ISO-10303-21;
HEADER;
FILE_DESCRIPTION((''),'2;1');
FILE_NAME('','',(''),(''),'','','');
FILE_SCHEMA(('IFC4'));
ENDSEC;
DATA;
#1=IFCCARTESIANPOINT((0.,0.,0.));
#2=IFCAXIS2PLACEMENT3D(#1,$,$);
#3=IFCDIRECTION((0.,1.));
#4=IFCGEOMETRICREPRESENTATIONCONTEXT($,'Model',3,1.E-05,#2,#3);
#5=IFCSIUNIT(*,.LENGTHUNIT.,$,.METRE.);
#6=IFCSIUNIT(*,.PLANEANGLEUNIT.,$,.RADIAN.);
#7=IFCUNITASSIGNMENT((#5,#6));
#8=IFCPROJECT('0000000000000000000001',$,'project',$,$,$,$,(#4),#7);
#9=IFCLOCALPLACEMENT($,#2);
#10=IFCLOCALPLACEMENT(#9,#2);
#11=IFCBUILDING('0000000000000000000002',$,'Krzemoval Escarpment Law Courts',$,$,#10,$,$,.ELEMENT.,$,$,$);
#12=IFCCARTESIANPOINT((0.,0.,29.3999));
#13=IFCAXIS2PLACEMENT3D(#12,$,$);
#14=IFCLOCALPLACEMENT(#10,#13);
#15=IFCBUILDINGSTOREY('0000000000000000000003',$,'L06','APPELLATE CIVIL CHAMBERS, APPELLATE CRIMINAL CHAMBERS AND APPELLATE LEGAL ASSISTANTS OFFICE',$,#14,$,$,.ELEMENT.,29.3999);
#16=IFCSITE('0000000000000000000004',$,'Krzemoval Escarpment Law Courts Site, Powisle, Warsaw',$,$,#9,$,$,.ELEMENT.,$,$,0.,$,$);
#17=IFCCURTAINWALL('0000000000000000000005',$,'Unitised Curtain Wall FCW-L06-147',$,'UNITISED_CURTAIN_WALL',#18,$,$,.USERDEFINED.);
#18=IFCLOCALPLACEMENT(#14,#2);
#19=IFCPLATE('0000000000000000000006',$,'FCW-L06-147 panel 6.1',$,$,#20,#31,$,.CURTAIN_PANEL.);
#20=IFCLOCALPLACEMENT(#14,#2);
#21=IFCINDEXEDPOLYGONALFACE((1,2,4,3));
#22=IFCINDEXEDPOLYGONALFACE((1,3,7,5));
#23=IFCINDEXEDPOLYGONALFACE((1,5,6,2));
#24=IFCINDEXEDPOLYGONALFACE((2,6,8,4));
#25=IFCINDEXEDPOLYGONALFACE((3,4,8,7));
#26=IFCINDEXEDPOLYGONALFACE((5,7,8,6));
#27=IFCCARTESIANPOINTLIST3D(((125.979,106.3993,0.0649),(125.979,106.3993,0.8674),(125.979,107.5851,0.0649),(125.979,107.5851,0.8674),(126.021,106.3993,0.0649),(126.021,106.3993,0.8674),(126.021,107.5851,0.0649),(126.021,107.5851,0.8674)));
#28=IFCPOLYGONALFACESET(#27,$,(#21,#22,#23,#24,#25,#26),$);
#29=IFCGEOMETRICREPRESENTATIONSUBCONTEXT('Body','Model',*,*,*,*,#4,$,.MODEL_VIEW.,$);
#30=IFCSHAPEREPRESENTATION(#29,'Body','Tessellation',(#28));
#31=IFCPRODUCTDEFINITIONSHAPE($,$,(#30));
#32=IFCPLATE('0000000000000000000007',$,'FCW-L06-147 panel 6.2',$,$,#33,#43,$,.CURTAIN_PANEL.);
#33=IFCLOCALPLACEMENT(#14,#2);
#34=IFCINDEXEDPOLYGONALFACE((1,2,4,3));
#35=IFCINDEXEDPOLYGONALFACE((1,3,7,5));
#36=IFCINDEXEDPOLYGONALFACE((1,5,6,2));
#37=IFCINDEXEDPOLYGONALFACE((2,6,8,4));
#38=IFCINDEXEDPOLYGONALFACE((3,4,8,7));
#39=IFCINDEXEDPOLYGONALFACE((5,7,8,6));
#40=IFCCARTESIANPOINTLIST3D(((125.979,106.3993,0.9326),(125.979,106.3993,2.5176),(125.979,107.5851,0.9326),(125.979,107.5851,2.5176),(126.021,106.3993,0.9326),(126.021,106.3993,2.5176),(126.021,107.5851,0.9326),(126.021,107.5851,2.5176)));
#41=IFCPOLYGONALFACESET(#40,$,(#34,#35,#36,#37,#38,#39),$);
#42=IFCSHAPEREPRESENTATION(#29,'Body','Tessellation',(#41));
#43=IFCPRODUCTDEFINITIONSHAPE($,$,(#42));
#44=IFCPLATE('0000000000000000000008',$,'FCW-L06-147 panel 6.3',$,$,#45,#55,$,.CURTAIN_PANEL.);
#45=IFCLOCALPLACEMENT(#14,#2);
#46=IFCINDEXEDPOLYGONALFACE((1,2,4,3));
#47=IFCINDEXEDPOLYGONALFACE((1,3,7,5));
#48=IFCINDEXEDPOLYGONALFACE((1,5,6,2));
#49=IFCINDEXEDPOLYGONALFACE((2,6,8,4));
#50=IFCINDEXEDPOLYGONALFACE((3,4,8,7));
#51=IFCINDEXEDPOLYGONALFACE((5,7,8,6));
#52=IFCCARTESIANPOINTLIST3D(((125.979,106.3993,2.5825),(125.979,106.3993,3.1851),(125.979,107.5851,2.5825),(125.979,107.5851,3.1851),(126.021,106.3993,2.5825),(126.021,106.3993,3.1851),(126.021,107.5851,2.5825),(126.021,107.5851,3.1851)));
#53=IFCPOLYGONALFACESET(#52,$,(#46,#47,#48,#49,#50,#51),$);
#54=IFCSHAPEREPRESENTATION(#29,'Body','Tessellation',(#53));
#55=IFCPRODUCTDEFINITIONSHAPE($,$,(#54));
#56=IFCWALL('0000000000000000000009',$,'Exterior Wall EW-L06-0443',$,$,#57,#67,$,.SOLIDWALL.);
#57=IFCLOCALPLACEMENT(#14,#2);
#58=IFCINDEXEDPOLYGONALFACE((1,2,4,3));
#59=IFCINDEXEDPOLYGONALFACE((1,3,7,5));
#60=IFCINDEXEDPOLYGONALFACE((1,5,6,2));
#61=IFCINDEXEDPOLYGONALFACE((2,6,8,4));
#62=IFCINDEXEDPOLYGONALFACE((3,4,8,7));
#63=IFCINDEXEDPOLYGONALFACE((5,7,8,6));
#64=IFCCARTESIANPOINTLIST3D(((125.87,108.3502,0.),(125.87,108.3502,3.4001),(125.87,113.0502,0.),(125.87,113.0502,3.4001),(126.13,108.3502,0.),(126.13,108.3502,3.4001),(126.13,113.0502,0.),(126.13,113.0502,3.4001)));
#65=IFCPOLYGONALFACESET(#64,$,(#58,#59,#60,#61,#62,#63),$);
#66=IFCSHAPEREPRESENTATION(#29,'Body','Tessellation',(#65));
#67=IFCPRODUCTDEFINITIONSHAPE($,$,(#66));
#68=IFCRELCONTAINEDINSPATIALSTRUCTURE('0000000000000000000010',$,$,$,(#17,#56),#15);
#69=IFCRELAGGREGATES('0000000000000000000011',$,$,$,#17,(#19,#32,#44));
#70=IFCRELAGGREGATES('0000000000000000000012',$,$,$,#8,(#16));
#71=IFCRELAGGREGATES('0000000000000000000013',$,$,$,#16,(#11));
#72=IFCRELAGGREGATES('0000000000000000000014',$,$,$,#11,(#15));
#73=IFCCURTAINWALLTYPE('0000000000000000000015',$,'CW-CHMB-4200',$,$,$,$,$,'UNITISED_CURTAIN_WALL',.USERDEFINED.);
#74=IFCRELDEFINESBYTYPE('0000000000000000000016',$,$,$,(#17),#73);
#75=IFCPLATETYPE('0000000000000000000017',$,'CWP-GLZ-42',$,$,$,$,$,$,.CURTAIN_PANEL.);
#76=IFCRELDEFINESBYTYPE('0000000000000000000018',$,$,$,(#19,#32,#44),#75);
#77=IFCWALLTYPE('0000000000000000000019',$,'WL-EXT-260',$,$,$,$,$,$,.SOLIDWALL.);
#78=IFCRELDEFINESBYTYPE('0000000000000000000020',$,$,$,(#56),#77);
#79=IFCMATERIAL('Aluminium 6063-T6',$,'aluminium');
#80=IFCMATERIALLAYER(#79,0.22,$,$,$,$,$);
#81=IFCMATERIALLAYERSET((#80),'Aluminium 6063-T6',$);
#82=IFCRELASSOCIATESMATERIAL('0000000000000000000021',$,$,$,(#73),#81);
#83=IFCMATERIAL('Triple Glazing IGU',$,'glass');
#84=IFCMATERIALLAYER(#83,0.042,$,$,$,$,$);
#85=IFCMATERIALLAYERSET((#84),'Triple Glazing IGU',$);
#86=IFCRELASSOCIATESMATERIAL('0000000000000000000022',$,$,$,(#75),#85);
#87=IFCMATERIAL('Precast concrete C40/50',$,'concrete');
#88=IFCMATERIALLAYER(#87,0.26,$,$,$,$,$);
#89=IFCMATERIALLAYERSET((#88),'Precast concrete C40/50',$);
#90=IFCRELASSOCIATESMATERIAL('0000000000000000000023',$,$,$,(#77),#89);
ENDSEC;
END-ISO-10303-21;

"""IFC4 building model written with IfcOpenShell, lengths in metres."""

from ifc_helpers import new_model, si_unit, direction, frame, frame_2d, origin, origin_2d, place, context, subcontext, project, spatial, rectangle, extrude, material, layer, layer_set, type_object, element, aggregate, save


model = new_model("IFC4")

# Units and contexts
model_context = context("Model", 3, precision=1e-05, world=origin(), true_north=direction((0.0, 1.0)))
body_context = subcontext(model_context, "Body", "Model", "MODEL_VIEW")
ifc_project = project(units=[si_unit("LENGTHUNIT", "METRE"), si_unit("PLANEANGLEUNIT", "RADIAN")], contexts=[model_context])

# Site, building, storey
site_placement = place(None, origin())
site = spatial("IfcSite", under=ifc_project, at=site_placement, Name="Krzemoval Escarpment Law Courts Site, Powisle, Warsaw", CompositionType="ELEMENT", RefElevation=0.0)
building_placement = place(site_placement, origin())
building = spatial("IfcBuilding", under=site, at=building_placement, Name="Krzemoval Escarpment Law Courts", CompositionType="ELEMENT")
storey_placement = place(building_placement, frame((0.0, 0.0, 29.3999)))
storey = spatial("IfcBuildingStorey", under=building, at=storey_placement, Name="L06", Description="APPELLATE CIVIL CHAMBERS, APPELLATE CRIMINAL CHAMBERS AND APPELLATE LEGAL ASSISTANTS OFFICE", CompositionType="ELEMENT", Elevation=29.3999)

# Curtain wall
ifc_material_1 = material(Name="Aluminium 6063-T6", Category="aluminium")
ifc_layer_1 = layer(ifc_material_1, 0.22)
ifc_layer_set_1 = layer_set([ifc_layer_1], Name="Aluminium 6063-T6")
curtain_wall_type = type_object("IfcCurtainWallType", Name="CW-CHMB-4200", ElementType="UNITISED_CURTAIN_WALL", PredefinedType="USERDEFINED", material=ifc_layer_set_1)
curtain_wall_1_placement = place(storey_placement, origin())
curtain_wall_1 = element("IfcCurtainWall", 1, at=curtain_wall_1_placement, inside=storey, type_object=curtain_wall_type, Name="Unitised Curtain Wall FCW-L06-147", ObjectType="UNITISED_CURTAIN_WALL", PredefinedType="USERDEFINED")

# Plates
ifc_material_2 = material(Name="Triple Glazing IGU", Category="glass")
ifc_layer_2 = layer(ifc_material_2, 0.042)
ifc_layer_set_2 = layer_set([ifc_layer_2], Name="Triple Glazing IGU")
plate_type = type_object("IfcPlateType", Name="CWP-GLZ-42", PredefinedType="CURTAIN_PANEL", material=ifc_layer_set_2)
plate_1_placement = place(storey_placement, frame((126.0, 106.9922, 0.0649), z_axis=(0.0, 0.0, 1.0), x_axis=(0.0, 1.0, 0.0)))
plate_1 = element("IfcPlate", 2, at=plate_1_placement, type_object=plate_type, Name="FCW-L06-147 panel 6.1", PredefinedType="CURTAIN_PANEL", context=body_context, shape_type="SweptSolid", body=[
    extrude(rectangle(XDim=1.1858, YDim=0.042, at=origin_2d()), origin(), (0.0, 0.0, 1.0), 0.8025),
])
plate_2_placement = place(storey_placement, frame((126.0, 106.9922, 0.9326), z_axis=(0.0, 0.0, 1.0), x_axis=(0.0, 1.0, 0.0)))
plate_2 = element("IfcPlate", 3, at=plate_2_placement, type_object=plate_type, Name="FCW-L06-147 panel 6.2", PredefinedType="CURTAIN_PANEL", context=body_context, shape_type="SweptSolid", body=[
    extrude(rectangle(XDim=1.1858, YDim=0.042, at=origin_2d()), origin(), (0.0, 0.0, 1.0), 1.585),
])
plate_3_placement = place(storey_placement, frame((126.0, 106.9922, 2.5825), z_axis=(0.0, 0.0, 1.0), x_axis=(0.0, 1.0, 0.0)))
plate_3 = element("IfcPlate", 4, at=plate_3_placement, type_object=plate_type, Name="FCW-L06-147 panel 6.3", PredefinedType="CURTAIN_PANEL", context=body_context, shape_type="SweptSolid", body=[
    extrude(rectangle(XDim=1.1858, YDim=0.042, at=origin_2d()), origin(), (0.0, 0.0, 1.0), 0.6025),
])
aggregate(curtain_wall_1, [plate_1, plate_2, plate_3])

# Wall
ifc_material_3 = material(Name="Precast concrete C40/50", Category="concrete")
ifc_layer_3 = layer(ifc_material_3, 0.26)
ifc_layer_set_3 = layer_set([ifc_layer_3], Name="Precast concrete C40/50")
wall_type = type_object("IfcWallType", Name="WL-EXT-260", PredefinedType="SOLIDWALL", material=ifc_layer_set_3)
wall_placement = place(storey_placement, frame((126.0, 108.3501, 0.0), z_axis=(0.0, 0.0, 1.0), x_axis=(0.0, 1.0, 0.0)))
element("IfcWall", 5, at=wall_placement, inside=storey, type_object=wall_type, Name="Exterior Wall EW-L06-0443", PredefinedType="SOLIDWALL", context=body_context, shape_type="SweptSolid", body=[
    extrude(rectangle(XDim=4.7, YDim=0.26, at=frame_2d((2.3501, 0.0))), origin(), (0.0, 0.0, 1.0), 3.4001),
])

save(model, "model.ifc")
